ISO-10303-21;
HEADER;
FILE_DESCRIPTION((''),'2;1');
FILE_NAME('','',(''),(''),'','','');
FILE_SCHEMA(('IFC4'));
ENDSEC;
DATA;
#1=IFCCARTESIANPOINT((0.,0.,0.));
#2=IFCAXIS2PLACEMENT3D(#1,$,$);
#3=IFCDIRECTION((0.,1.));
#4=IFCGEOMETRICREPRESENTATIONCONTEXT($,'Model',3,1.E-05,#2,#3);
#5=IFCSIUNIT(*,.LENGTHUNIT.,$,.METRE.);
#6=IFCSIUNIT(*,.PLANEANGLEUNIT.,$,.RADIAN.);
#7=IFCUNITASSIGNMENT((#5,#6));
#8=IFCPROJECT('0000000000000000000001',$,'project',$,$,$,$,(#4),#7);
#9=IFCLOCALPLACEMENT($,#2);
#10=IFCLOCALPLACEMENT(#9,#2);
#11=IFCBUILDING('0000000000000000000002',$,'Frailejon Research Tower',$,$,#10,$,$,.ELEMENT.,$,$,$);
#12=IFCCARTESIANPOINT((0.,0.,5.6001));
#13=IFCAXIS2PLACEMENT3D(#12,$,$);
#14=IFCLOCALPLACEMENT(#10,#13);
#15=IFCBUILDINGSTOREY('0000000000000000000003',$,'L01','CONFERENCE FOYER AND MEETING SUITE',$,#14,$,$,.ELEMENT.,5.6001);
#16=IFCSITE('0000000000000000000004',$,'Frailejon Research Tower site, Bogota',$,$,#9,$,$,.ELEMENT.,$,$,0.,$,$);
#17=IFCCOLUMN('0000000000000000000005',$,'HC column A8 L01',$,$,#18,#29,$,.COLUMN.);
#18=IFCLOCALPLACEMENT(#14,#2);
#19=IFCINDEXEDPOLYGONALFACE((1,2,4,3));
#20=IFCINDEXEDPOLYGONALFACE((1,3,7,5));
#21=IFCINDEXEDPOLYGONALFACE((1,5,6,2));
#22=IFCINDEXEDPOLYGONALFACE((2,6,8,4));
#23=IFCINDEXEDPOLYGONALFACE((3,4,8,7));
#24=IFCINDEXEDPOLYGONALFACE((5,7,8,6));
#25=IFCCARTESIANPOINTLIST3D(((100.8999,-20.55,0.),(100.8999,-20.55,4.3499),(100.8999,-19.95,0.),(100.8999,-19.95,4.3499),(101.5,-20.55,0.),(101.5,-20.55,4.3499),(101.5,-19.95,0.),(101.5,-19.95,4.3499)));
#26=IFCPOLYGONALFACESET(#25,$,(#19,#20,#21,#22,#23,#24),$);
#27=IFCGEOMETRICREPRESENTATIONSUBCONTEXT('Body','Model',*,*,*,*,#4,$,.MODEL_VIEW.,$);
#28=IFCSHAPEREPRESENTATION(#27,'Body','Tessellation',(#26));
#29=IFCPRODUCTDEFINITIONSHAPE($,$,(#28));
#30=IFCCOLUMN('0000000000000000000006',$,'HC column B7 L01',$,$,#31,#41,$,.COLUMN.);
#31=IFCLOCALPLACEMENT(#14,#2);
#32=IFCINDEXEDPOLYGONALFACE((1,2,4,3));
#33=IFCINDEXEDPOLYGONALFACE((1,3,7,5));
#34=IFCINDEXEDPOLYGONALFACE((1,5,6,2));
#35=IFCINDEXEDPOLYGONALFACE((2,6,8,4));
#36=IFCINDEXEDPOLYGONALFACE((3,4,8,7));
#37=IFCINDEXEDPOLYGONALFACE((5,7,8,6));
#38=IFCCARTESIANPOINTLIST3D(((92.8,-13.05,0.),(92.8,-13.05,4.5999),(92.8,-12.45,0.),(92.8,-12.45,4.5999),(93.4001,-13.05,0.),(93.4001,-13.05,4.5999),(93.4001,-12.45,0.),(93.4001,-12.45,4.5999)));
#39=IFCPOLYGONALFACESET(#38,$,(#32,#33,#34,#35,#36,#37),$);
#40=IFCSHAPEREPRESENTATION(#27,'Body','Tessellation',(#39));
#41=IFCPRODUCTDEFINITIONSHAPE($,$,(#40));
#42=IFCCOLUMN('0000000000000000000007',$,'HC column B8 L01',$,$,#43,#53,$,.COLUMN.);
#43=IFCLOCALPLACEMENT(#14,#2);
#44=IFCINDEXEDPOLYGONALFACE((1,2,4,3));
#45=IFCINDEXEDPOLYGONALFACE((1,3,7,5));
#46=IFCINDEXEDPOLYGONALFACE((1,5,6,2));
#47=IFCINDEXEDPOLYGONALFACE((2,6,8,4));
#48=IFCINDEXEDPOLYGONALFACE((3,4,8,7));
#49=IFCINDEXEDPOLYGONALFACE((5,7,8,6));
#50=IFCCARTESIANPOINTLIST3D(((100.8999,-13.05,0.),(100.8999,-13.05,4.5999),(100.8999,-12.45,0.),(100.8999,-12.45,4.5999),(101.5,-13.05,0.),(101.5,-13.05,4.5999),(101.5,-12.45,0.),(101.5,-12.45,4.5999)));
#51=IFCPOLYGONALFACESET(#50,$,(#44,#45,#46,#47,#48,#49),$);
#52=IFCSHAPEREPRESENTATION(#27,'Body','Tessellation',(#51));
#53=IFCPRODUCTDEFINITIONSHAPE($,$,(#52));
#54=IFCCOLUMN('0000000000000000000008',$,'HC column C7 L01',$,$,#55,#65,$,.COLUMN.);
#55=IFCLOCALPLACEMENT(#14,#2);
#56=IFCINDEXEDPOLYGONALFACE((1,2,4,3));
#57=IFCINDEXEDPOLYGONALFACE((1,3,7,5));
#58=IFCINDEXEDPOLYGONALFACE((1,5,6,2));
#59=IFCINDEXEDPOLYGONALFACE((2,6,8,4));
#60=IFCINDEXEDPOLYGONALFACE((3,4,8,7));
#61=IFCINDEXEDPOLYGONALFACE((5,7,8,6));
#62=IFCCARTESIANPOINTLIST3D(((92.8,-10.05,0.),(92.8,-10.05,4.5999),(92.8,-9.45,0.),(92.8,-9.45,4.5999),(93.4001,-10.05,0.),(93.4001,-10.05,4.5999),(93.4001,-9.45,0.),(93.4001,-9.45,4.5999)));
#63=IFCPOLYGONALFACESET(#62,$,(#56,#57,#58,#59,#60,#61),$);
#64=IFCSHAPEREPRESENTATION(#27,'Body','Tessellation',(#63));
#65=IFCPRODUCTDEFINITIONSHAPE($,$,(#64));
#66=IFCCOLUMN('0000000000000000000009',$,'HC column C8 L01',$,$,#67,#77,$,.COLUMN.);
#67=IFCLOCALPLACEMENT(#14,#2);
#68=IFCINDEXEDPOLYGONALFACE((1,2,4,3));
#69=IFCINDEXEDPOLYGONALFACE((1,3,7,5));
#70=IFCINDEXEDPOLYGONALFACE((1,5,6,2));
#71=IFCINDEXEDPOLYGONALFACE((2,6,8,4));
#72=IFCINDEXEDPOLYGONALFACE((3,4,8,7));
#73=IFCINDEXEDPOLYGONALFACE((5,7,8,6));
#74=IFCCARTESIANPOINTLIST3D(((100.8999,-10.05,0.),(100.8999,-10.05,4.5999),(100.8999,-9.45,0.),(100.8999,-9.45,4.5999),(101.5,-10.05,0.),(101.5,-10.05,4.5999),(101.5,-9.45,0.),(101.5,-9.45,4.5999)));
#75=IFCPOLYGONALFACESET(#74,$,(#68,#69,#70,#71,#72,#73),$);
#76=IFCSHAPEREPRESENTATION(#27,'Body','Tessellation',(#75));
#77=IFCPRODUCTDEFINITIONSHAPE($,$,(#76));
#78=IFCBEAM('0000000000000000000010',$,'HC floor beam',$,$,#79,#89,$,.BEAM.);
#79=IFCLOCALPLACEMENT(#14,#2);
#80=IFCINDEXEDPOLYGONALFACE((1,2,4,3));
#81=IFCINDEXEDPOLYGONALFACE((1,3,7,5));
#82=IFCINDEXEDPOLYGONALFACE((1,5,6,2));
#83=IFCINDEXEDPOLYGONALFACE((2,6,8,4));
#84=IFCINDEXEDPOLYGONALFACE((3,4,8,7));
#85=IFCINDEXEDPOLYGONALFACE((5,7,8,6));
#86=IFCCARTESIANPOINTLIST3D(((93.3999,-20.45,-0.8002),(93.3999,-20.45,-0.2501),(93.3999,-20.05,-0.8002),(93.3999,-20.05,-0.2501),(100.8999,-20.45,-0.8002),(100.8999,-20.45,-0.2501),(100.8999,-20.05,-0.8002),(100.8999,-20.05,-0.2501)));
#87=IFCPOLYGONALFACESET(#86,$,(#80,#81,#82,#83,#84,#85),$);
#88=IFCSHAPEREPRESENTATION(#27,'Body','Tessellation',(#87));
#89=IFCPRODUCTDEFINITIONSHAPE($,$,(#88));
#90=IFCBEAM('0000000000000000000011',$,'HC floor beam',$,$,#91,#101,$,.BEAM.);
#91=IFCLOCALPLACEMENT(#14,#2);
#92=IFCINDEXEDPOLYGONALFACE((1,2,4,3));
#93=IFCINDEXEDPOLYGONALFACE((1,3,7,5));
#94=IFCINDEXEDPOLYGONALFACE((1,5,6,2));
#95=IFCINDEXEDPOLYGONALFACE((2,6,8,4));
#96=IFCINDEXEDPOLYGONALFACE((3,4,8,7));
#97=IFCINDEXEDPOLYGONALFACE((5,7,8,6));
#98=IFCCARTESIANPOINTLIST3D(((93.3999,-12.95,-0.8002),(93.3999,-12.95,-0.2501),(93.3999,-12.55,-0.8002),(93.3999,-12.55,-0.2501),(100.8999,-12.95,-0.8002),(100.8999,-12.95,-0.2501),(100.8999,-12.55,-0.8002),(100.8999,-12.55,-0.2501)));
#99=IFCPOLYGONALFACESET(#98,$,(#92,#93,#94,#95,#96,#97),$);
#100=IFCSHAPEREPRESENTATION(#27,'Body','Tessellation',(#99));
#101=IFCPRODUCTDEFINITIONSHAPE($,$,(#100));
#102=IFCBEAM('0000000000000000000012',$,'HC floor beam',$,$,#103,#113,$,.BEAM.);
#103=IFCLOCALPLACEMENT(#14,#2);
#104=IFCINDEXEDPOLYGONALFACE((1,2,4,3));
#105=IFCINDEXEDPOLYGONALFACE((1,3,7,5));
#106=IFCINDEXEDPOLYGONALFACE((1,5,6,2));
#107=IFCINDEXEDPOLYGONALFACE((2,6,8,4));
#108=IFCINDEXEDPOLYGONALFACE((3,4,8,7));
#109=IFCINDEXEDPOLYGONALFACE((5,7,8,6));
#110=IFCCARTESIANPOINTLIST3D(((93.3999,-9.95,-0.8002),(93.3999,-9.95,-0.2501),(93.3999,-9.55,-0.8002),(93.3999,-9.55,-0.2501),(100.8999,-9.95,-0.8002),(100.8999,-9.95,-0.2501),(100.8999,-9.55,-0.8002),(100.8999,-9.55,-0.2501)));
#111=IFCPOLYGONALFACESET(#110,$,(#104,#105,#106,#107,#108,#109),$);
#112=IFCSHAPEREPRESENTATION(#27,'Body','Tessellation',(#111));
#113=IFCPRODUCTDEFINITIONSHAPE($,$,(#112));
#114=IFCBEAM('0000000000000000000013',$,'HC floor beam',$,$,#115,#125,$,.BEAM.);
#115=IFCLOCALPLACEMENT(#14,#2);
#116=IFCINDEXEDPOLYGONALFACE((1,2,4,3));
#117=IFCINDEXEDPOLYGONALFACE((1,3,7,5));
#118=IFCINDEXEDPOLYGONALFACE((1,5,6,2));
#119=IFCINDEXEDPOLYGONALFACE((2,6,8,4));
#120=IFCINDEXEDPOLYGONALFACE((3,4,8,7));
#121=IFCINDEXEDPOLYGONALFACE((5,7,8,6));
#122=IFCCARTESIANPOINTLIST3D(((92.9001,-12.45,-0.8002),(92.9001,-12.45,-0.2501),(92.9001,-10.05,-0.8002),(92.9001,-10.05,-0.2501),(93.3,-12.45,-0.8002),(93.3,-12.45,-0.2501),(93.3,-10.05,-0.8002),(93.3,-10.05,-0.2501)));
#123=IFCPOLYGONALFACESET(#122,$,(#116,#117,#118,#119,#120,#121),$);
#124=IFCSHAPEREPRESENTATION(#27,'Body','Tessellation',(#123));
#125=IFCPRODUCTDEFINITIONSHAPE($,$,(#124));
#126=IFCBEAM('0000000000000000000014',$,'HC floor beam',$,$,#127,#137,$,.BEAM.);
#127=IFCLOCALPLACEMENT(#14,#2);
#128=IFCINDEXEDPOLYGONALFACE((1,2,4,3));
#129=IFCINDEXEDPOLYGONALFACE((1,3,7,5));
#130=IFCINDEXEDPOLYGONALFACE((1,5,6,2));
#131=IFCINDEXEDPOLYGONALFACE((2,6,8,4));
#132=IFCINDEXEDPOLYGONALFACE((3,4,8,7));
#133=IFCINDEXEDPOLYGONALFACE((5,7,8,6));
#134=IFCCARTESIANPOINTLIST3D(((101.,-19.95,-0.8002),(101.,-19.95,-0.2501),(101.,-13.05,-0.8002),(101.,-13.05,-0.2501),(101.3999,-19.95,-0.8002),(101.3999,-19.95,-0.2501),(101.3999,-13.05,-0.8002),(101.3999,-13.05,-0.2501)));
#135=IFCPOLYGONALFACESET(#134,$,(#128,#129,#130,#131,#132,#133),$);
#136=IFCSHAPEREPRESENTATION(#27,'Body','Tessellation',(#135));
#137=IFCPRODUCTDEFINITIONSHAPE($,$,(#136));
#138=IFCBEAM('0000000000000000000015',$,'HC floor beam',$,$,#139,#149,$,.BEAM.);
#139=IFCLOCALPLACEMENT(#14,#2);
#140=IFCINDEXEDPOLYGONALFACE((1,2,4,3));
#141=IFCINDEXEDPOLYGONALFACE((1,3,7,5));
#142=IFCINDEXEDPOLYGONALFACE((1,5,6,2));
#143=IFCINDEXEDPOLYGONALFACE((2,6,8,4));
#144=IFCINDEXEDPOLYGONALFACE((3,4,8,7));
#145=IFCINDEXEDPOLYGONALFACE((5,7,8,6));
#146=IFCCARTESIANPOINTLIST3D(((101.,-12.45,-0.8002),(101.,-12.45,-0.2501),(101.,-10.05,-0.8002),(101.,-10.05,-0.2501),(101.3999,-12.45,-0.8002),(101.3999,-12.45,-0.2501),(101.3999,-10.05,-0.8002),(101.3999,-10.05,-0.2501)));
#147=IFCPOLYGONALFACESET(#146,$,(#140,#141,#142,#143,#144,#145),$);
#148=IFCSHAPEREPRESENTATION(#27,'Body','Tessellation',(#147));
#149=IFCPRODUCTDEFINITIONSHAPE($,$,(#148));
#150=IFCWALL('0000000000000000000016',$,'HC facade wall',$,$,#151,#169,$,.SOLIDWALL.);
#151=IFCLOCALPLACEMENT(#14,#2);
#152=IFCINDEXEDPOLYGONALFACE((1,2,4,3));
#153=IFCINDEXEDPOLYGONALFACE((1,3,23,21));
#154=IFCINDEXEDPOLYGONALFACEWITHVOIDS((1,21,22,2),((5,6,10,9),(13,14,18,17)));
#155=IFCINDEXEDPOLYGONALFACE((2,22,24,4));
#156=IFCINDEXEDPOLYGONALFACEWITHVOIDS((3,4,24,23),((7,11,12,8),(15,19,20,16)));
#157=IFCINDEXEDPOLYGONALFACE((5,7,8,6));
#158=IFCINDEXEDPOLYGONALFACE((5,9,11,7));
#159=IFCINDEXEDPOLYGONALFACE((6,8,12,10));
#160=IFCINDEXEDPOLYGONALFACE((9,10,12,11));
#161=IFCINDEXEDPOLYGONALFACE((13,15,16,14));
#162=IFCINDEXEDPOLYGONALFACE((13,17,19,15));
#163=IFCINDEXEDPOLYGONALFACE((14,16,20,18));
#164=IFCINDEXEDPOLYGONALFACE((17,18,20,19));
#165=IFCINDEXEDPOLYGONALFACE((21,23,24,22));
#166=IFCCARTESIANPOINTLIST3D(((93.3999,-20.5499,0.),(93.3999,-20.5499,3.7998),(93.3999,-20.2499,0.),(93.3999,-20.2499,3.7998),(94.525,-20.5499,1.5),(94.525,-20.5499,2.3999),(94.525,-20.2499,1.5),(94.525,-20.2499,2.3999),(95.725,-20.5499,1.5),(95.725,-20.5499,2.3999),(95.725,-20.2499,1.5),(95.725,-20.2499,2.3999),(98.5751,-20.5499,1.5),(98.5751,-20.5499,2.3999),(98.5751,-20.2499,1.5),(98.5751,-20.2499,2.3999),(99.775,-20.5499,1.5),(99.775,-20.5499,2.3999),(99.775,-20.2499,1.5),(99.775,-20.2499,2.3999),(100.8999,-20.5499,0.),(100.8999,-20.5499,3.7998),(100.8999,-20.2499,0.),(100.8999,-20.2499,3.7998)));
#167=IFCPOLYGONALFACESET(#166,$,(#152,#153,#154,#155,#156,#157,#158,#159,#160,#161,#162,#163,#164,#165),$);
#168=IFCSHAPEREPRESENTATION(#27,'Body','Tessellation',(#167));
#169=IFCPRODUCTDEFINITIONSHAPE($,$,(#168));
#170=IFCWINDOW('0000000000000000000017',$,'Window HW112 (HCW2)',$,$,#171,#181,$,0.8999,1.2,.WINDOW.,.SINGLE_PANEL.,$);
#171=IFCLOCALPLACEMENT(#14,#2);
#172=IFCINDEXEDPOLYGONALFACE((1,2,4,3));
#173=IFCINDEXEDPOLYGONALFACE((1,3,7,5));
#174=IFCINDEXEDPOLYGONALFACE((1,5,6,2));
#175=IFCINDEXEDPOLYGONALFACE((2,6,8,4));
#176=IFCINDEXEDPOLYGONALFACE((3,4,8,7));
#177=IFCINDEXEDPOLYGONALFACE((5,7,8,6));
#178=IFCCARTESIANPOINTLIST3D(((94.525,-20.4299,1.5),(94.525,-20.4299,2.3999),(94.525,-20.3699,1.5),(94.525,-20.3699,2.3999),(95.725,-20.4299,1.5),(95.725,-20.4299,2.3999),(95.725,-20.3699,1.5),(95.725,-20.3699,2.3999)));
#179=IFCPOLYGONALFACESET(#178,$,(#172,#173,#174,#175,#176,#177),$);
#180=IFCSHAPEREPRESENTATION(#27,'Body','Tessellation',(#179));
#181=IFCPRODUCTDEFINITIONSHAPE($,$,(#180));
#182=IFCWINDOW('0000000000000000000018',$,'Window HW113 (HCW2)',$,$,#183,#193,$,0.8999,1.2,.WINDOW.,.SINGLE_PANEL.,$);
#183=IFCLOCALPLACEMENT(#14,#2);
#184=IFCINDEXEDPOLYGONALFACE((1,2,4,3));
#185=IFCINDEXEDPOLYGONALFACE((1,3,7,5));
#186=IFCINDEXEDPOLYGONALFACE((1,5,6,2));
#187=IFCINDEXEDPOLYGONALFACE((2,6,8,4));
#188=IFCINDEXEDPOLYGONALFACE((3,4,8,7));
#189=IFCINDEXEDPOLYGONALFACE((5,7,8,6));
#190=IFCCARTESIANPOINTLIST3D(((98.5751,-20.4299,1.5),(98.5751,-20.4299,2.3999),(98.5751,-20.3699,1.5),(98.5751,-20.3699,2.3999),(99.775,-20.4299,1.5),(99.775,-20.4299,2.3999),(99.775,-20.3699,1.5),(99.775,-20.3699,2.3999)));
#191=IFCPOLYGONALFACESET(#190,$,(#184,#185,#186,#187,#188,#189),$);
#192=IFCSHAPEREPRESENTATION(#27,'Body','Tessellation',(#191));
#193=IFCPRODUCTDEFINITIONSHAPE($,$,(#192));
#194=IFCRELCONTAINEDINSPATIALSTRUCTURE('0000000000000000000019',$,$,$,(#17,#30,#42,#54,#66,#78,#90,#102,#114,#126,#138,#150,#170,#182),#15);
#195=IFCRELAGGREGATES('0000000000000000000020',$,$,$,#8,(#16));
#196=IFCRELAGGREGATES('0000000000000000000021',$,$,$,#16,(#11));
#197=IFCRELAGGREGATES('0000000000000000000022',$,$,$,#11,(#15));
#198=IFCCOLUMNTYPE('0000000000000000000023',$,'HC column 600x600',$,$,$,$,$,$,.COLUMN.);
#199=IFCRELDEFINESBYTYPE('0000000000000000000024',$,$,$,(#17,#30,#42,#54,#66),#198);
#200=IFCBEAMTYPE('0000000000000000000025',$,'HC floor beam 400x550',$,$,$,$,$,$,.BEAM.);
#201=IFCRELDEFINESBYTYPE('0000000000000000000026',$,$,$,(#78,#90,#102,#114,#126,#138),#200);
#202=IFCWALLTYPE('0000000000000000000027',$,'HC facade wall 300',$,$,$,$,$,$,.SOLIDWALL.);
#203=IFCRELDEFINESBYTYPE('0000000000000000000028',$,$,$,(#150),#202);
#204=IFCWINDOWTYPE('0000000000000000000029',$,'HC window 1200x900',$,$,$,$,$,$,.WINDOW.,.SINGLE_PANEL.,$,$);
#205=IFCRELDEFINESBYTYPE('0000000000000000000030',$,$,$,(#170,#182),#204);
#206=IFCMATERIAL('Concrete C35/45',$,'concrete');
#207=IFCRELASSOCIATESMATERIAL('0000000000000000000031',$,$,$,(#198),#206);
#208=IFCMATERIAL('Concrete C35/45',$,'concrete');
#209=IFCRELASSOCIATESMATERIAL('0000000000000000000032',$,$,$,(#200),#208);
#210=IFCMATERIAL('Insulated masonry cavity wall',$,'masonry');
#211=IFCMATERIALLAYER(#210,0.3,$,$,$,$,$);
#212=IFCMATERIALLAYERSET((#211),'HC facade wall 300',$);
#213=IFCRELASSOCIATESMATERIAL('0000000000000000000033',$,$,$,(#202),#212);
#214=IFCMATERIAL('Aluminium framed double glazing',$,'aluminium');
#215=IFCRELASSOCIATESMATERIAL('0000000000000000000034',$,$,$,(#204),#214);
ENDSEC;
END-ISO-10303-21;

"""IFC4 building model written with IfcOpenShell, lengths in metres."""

from ifc_helpers import new_model, si_unit, direction, frame, frame_2d, origin, origin_2d, place, context, subcontext, project, spatial, rectangle, extrude, material, layer, layer_set, material_profile, profile_set, type_object, element, fill, save


model = new_model("IFC4")

# Units and contexts
model_context = context("Model", 3, precision=1e-05, world=origin(), true_north=direction((0.0, 1.0)))
body_context = subcontext(model_context, "Body", "Model", "MODEL_VIEW")
ifc_project = project(units=[si_unit("LENGTHUNIT", "METRE"), si_unit("PLANEANGLEUNIT", "RADIAN")], contexts=[model_context])

# Site, building, storey
site_placement = place(None, origin())
site = spatial("IfcSite", under=ifc_project, at=site_placement, Name="Frailejon Research Tower site, Bogota", CompositionType="ELEMENT", RefElevation=0.0)
building_placement = place(site_placement, origin())
building = spatial("IfcBuilding", under=site, at=building_placement, Name="Frailejon Research Tower", CompositionType="ELEMENT")
storey_placement = place(building_placement, frame((0.0, 0.0, 5.6001)))
storey = spatial("IfcBuildingStorey", under=building, at=storey_placement, Name="L01", Description="CONFERENCE FOYER AND MEETING SUITE", CompositionType="ELEMENT", Elevation=5.6001)

# Columns
ifc_material_1 = material(Name="Concrete C35/45", Category="concrete")
ifc_material_profile_1 = material_profile(ifc_material_1, rectangle(XDim=0.6001, YDim=0.6001, at=origin_2d()), Name="HC column 600x600")
ifc_profile_set_1 = profile_set([ifc_material_profile_1], Name="Concrete C35/45")
column_type = type_object("IfcColumnType", Name="HC column 600x600", PredefinedType="COLUMN", material=ifc_profile_set_1)
column_placement = place(storey_placement, frame((101.2, -20.25, 0.0), z_axis=(0.0, 0.0, 1.0), x_axis=(1.0, 0.0, 0.0)))
element("IfcColumn", 1, at=column_placement, inside=storey, type_object=column_type, Name="HC column A8 L01", PredefinedType="COLUMN", context=body_context, shape_type="SweptSolid", body=[
    extrude(rectangle(XDim=0.6001, YDim=0.6001, at=origin_2d()), origin(), (0.0, 0.0, 1.0), 4.3499),
])
for number, where, z_axis, x_axis, name in (
    (2, (93.1001, -12.75, 0.0), (0.0, 0.0, 1.0), (1.0, 0.0, 0.0), "HC column B7 L01"),
    (3, (101.2, -12.75, 0.0), (0.0, 0.0, 1.0), (1.0, 0.0, 0.0), "HC column B8 L01"),
    (4, (93.1001, -9.75, 0.0), (0.0, 0.0, 1.0), (1.0, 0.0, 0.0), "HC column C7 L01"),
    (5, (101.2, -9.75, 0.0), (0.0, 0.0, 1.0), (1.0, 0.0, 0.0), "HC column C8 L01"),
):
    element("IfcColumn", number, at=place(storey_placement, frame(where, z_axis=z_axis, x_axis=x_axis)), inside=storey, type_object=column_type, Name=name, PredefinedType="COLUMN", context=body_context, shape_type="SweptSolid", body=[
        extrude(rectangle(XDim=0.6001, YDim=0.6001, at=origin_2d()), origin(), (0.0, 0.0, 1.0), 4.5999),
    ])

# Beams
ifc_material_2 = material(Name="Concrete C35/45", Category="concrete")
ifc_material_profile_2 = material_profile(ifc_material_2, rectangle(XDim=0.3999, YDim=0.55, at=origin_2d()), Name="HC floor beam 400x550")
ifc_profile_set_2 = profile_set([ifc_material_profile_2], Name="Concrete C35/45")
beam_type = type_object("IfcBeamType", Name="HC floor beam 400x550", PredefinedType="BEAM", material=ifc_profile_set_2)
for number, where, z_axis, x_axis, name in (
    (6, (93.3999, -20.25, -0.5251), (1.0, 0.0, 0.0), (0.0, 1.0, 0.0), "HC floor beam"),
    (7, (93.3999, -12.75, -0.5251), (1.0, 0.0, 0.0), (0.0, 1.0, 0.0), "HC floor beam"),
    (8, (93.3999, -9.75, -0.5251), (1.0, 0.0, 0.0), (0.0, 1.0, 0.0), "HC floor beam"),
):
    element("IfcBeam", number, at=place(storey_placement, frame(where, z_axis=z_axis, x_axis=x_axis)), inside=storey, type_object=beam_type, Name=name, PredefinedType="BEAM", context=body_context, shape_type="SweptSolid", body=[
        extrude(rectangle(XDim=0.3999, YDim=0.55, at=origin_2d()), origin(), (0.0, 0.0, 1.0), 7.5),
    ])
beam_1_placement = place(storey_placement, frame((93.1001, -12.45, -0.5251), z_axis=(0.0, 1.0, 0.0), x_axis=(-1.0, 0.0, 0.0)))
element("IfcBeam", 9, at=beam_1_placement, inside=storey, type_object=beam_type, Name="HC floor beam", PredefinedType="BEAM", context=body_context, shape_type="SweptSolid", body=[
    extrude(rectangle(XDim=0.3999, YDim=0.55, at=origin_2d()), origin(), (0.0, 0.0, 1.0), 2.3999),
])
beam_2_placement = place(storey_placement, frame((101.2, -19.95, -0.5251), z_axis=(0.0, 1.0, 0.0), x_axis=(-1.0, 0.0, 0.0)))
element("IfcBeam", 10, at=beam_2_placement, inside=storey, type_object=beam_type, Name="HC floor beam", PredefinedType="BEAM", context=body_context, shape_type="SweptSolid", body=[
    extrude(rectangle(XDim=0.3999, YDim=0.55, at=origin_2d()), origin(), (0.0, 0.0, 1.0), 6.8999),
])
beam_3_placement = place(storey_placement, frame((101.2, -12.45, -0.5251), z_axis=(0.0, 1.0, 0.0), x_axis=(-1.0, 0.0, 0.0)))
element("IfcBeam", 11, at=beam_3_placement, inside=storey, type_object=beam_type, Name="HC floor beam", PredefinedType="BEAM", context=body_context, shape_type="SweptSolid", body=[
    extrude(rectangle(XDim=0.3999, YDim=0.55, at=origin_2d()), origin(), (0.0, 0.0, 1.0), 2.3999),
])

# Wall, openings, windows
ifc_material_3 = material(Name="Insulated masonry cavity wall", Category="masonry")
ifc_layer_1 = layer(ifc_material_3, 0.3)
ifc_layer_set_1 = layer_set([ifc_layer_1], Name="HC facade wall 300")
wall_type_1 = type_object("IfcWallType", Name="HC facade wall 300", PredefinedType="SOLIDWALL", material=ifc_layer_set_1)
wall_1_placement = place(storey_placement, frame((93.3999, -20.3999, 0.0), z_axis=(0.0, 0.0, 1.0), x_axis=(1.0, 0.0, 0.0)))
wall_1 = element("IfcWall", 12, at=wall_1_placement, inside=storey, type_object=wall_type_1, Name="HC facade wall", PredefinedType="SOLIDWALL", context=body_context, shape_type="SweptSolid", body=[
    extrude(rectangle(XDim=7.5, YDim=0.3, at=frame_2d((3.75, 0.0))), origin(), (0.0, 0.0, 1.0), 3.7998),
])
opening_1_placement = place(wall_1_placement, frame((1.125, 0.0, 1.5)))
opening_1 = element("IfcOpeningElement", 13, at=opening_1_placement, cuts=wall_1, PredefinedType="OPENING", context=body_context, shape_type="SweptSolid", body=[
    extrude(rectangle(XDim=1.2, YDim=0.8999, at=frame_2d((0.6001, 0.45))), frame((0.0, 0.1599, 0.0), z_axis=(0.0, -1.0, 0.0), x_axis=(1.0, 0.0, 0.0)), (0.0, 0.0, 1.0), 0.3201),
])
opening_2_placement = place(wall_1_placement, frame((5.175, 0.0, 1.5)))
opening_2 = element("IfcOpeningElement", 14, at=opening_2_placement, cuts=wall_1, PredefinedType="OPENING", context=body_context, shape_type="SweptSolid", body=[
    extrude(rectangle(XDim=1.2, YDim=0.8999, at=frame_2d((0.6001, 0.45))), frame((0.0, 0.1599, 0.0), z_axis=(0.0, -1.0, 0.0), x_axis=(1.0, 0.0, 0.0)), (0.0, 0.0, 1.0), 0.3201),
])
ifc_material_4 = material(Name="Aluminium framed double glazing", Category="aluminium")
window_type = type_object("IfcWindowType", Name="HC window 1200x900", PartitioningType="SINGLE_PANEL", PredefinedType="WINDOW", material=ifc_material_4)
window_1_placement = place(opening_1_placement, origin())
window_1 = element("IfcWindow", 15, at=window_1_placement, inside=storey, type_object=window_type, Name="Window HW112 (HCW2)", OverallHeight=0.8999, OverallWidth=1.2, PartitioningType="SINGLE_PANEL", PredefinedType="WINDOW", context=body_context, shape_type="SweptSolid", body=[
    extrude(rectangle(XDim=1.2, YDim=0.8999, at=frame_2d((0.6001, 0.45))), frame((0.0, 0.03, 0.0), z_axis=(0.0, -1.0, 0.0), x_axis=(1.0, 0.0, 0.0)), (0.0, 0.0, 1.0), 0.0601),
])
fill(opening_1, window_1)
window_2_placement = place(opening_2_placement, origin())
window_2 = element("IfcWindow", 16, at=window_2_placement, inside=storey, type_object=window_type, Name="Window HW113 (HCW2)", OverallHeight=0.8999, OverallWidth=1.2, PartitioningType="SINGLE_PANEL", PredefinedType="WINDOW", context=body_context, shape_type="SweptSolid", body=[
    extrude(rectangle(XDim=1.2, YDim=0.8999, at=frame_2d((0.6001, 0.45))), frame((0.0, 0.03, 0.0), z_axis=(0.0, -1.0, 0.0), x_axis=(1.0, 0.0, 0.0)), (0.0, 0.0, 1.0), 0.0601),
])
fill(opening_2, window_2)

save(model, "model.ifc")
